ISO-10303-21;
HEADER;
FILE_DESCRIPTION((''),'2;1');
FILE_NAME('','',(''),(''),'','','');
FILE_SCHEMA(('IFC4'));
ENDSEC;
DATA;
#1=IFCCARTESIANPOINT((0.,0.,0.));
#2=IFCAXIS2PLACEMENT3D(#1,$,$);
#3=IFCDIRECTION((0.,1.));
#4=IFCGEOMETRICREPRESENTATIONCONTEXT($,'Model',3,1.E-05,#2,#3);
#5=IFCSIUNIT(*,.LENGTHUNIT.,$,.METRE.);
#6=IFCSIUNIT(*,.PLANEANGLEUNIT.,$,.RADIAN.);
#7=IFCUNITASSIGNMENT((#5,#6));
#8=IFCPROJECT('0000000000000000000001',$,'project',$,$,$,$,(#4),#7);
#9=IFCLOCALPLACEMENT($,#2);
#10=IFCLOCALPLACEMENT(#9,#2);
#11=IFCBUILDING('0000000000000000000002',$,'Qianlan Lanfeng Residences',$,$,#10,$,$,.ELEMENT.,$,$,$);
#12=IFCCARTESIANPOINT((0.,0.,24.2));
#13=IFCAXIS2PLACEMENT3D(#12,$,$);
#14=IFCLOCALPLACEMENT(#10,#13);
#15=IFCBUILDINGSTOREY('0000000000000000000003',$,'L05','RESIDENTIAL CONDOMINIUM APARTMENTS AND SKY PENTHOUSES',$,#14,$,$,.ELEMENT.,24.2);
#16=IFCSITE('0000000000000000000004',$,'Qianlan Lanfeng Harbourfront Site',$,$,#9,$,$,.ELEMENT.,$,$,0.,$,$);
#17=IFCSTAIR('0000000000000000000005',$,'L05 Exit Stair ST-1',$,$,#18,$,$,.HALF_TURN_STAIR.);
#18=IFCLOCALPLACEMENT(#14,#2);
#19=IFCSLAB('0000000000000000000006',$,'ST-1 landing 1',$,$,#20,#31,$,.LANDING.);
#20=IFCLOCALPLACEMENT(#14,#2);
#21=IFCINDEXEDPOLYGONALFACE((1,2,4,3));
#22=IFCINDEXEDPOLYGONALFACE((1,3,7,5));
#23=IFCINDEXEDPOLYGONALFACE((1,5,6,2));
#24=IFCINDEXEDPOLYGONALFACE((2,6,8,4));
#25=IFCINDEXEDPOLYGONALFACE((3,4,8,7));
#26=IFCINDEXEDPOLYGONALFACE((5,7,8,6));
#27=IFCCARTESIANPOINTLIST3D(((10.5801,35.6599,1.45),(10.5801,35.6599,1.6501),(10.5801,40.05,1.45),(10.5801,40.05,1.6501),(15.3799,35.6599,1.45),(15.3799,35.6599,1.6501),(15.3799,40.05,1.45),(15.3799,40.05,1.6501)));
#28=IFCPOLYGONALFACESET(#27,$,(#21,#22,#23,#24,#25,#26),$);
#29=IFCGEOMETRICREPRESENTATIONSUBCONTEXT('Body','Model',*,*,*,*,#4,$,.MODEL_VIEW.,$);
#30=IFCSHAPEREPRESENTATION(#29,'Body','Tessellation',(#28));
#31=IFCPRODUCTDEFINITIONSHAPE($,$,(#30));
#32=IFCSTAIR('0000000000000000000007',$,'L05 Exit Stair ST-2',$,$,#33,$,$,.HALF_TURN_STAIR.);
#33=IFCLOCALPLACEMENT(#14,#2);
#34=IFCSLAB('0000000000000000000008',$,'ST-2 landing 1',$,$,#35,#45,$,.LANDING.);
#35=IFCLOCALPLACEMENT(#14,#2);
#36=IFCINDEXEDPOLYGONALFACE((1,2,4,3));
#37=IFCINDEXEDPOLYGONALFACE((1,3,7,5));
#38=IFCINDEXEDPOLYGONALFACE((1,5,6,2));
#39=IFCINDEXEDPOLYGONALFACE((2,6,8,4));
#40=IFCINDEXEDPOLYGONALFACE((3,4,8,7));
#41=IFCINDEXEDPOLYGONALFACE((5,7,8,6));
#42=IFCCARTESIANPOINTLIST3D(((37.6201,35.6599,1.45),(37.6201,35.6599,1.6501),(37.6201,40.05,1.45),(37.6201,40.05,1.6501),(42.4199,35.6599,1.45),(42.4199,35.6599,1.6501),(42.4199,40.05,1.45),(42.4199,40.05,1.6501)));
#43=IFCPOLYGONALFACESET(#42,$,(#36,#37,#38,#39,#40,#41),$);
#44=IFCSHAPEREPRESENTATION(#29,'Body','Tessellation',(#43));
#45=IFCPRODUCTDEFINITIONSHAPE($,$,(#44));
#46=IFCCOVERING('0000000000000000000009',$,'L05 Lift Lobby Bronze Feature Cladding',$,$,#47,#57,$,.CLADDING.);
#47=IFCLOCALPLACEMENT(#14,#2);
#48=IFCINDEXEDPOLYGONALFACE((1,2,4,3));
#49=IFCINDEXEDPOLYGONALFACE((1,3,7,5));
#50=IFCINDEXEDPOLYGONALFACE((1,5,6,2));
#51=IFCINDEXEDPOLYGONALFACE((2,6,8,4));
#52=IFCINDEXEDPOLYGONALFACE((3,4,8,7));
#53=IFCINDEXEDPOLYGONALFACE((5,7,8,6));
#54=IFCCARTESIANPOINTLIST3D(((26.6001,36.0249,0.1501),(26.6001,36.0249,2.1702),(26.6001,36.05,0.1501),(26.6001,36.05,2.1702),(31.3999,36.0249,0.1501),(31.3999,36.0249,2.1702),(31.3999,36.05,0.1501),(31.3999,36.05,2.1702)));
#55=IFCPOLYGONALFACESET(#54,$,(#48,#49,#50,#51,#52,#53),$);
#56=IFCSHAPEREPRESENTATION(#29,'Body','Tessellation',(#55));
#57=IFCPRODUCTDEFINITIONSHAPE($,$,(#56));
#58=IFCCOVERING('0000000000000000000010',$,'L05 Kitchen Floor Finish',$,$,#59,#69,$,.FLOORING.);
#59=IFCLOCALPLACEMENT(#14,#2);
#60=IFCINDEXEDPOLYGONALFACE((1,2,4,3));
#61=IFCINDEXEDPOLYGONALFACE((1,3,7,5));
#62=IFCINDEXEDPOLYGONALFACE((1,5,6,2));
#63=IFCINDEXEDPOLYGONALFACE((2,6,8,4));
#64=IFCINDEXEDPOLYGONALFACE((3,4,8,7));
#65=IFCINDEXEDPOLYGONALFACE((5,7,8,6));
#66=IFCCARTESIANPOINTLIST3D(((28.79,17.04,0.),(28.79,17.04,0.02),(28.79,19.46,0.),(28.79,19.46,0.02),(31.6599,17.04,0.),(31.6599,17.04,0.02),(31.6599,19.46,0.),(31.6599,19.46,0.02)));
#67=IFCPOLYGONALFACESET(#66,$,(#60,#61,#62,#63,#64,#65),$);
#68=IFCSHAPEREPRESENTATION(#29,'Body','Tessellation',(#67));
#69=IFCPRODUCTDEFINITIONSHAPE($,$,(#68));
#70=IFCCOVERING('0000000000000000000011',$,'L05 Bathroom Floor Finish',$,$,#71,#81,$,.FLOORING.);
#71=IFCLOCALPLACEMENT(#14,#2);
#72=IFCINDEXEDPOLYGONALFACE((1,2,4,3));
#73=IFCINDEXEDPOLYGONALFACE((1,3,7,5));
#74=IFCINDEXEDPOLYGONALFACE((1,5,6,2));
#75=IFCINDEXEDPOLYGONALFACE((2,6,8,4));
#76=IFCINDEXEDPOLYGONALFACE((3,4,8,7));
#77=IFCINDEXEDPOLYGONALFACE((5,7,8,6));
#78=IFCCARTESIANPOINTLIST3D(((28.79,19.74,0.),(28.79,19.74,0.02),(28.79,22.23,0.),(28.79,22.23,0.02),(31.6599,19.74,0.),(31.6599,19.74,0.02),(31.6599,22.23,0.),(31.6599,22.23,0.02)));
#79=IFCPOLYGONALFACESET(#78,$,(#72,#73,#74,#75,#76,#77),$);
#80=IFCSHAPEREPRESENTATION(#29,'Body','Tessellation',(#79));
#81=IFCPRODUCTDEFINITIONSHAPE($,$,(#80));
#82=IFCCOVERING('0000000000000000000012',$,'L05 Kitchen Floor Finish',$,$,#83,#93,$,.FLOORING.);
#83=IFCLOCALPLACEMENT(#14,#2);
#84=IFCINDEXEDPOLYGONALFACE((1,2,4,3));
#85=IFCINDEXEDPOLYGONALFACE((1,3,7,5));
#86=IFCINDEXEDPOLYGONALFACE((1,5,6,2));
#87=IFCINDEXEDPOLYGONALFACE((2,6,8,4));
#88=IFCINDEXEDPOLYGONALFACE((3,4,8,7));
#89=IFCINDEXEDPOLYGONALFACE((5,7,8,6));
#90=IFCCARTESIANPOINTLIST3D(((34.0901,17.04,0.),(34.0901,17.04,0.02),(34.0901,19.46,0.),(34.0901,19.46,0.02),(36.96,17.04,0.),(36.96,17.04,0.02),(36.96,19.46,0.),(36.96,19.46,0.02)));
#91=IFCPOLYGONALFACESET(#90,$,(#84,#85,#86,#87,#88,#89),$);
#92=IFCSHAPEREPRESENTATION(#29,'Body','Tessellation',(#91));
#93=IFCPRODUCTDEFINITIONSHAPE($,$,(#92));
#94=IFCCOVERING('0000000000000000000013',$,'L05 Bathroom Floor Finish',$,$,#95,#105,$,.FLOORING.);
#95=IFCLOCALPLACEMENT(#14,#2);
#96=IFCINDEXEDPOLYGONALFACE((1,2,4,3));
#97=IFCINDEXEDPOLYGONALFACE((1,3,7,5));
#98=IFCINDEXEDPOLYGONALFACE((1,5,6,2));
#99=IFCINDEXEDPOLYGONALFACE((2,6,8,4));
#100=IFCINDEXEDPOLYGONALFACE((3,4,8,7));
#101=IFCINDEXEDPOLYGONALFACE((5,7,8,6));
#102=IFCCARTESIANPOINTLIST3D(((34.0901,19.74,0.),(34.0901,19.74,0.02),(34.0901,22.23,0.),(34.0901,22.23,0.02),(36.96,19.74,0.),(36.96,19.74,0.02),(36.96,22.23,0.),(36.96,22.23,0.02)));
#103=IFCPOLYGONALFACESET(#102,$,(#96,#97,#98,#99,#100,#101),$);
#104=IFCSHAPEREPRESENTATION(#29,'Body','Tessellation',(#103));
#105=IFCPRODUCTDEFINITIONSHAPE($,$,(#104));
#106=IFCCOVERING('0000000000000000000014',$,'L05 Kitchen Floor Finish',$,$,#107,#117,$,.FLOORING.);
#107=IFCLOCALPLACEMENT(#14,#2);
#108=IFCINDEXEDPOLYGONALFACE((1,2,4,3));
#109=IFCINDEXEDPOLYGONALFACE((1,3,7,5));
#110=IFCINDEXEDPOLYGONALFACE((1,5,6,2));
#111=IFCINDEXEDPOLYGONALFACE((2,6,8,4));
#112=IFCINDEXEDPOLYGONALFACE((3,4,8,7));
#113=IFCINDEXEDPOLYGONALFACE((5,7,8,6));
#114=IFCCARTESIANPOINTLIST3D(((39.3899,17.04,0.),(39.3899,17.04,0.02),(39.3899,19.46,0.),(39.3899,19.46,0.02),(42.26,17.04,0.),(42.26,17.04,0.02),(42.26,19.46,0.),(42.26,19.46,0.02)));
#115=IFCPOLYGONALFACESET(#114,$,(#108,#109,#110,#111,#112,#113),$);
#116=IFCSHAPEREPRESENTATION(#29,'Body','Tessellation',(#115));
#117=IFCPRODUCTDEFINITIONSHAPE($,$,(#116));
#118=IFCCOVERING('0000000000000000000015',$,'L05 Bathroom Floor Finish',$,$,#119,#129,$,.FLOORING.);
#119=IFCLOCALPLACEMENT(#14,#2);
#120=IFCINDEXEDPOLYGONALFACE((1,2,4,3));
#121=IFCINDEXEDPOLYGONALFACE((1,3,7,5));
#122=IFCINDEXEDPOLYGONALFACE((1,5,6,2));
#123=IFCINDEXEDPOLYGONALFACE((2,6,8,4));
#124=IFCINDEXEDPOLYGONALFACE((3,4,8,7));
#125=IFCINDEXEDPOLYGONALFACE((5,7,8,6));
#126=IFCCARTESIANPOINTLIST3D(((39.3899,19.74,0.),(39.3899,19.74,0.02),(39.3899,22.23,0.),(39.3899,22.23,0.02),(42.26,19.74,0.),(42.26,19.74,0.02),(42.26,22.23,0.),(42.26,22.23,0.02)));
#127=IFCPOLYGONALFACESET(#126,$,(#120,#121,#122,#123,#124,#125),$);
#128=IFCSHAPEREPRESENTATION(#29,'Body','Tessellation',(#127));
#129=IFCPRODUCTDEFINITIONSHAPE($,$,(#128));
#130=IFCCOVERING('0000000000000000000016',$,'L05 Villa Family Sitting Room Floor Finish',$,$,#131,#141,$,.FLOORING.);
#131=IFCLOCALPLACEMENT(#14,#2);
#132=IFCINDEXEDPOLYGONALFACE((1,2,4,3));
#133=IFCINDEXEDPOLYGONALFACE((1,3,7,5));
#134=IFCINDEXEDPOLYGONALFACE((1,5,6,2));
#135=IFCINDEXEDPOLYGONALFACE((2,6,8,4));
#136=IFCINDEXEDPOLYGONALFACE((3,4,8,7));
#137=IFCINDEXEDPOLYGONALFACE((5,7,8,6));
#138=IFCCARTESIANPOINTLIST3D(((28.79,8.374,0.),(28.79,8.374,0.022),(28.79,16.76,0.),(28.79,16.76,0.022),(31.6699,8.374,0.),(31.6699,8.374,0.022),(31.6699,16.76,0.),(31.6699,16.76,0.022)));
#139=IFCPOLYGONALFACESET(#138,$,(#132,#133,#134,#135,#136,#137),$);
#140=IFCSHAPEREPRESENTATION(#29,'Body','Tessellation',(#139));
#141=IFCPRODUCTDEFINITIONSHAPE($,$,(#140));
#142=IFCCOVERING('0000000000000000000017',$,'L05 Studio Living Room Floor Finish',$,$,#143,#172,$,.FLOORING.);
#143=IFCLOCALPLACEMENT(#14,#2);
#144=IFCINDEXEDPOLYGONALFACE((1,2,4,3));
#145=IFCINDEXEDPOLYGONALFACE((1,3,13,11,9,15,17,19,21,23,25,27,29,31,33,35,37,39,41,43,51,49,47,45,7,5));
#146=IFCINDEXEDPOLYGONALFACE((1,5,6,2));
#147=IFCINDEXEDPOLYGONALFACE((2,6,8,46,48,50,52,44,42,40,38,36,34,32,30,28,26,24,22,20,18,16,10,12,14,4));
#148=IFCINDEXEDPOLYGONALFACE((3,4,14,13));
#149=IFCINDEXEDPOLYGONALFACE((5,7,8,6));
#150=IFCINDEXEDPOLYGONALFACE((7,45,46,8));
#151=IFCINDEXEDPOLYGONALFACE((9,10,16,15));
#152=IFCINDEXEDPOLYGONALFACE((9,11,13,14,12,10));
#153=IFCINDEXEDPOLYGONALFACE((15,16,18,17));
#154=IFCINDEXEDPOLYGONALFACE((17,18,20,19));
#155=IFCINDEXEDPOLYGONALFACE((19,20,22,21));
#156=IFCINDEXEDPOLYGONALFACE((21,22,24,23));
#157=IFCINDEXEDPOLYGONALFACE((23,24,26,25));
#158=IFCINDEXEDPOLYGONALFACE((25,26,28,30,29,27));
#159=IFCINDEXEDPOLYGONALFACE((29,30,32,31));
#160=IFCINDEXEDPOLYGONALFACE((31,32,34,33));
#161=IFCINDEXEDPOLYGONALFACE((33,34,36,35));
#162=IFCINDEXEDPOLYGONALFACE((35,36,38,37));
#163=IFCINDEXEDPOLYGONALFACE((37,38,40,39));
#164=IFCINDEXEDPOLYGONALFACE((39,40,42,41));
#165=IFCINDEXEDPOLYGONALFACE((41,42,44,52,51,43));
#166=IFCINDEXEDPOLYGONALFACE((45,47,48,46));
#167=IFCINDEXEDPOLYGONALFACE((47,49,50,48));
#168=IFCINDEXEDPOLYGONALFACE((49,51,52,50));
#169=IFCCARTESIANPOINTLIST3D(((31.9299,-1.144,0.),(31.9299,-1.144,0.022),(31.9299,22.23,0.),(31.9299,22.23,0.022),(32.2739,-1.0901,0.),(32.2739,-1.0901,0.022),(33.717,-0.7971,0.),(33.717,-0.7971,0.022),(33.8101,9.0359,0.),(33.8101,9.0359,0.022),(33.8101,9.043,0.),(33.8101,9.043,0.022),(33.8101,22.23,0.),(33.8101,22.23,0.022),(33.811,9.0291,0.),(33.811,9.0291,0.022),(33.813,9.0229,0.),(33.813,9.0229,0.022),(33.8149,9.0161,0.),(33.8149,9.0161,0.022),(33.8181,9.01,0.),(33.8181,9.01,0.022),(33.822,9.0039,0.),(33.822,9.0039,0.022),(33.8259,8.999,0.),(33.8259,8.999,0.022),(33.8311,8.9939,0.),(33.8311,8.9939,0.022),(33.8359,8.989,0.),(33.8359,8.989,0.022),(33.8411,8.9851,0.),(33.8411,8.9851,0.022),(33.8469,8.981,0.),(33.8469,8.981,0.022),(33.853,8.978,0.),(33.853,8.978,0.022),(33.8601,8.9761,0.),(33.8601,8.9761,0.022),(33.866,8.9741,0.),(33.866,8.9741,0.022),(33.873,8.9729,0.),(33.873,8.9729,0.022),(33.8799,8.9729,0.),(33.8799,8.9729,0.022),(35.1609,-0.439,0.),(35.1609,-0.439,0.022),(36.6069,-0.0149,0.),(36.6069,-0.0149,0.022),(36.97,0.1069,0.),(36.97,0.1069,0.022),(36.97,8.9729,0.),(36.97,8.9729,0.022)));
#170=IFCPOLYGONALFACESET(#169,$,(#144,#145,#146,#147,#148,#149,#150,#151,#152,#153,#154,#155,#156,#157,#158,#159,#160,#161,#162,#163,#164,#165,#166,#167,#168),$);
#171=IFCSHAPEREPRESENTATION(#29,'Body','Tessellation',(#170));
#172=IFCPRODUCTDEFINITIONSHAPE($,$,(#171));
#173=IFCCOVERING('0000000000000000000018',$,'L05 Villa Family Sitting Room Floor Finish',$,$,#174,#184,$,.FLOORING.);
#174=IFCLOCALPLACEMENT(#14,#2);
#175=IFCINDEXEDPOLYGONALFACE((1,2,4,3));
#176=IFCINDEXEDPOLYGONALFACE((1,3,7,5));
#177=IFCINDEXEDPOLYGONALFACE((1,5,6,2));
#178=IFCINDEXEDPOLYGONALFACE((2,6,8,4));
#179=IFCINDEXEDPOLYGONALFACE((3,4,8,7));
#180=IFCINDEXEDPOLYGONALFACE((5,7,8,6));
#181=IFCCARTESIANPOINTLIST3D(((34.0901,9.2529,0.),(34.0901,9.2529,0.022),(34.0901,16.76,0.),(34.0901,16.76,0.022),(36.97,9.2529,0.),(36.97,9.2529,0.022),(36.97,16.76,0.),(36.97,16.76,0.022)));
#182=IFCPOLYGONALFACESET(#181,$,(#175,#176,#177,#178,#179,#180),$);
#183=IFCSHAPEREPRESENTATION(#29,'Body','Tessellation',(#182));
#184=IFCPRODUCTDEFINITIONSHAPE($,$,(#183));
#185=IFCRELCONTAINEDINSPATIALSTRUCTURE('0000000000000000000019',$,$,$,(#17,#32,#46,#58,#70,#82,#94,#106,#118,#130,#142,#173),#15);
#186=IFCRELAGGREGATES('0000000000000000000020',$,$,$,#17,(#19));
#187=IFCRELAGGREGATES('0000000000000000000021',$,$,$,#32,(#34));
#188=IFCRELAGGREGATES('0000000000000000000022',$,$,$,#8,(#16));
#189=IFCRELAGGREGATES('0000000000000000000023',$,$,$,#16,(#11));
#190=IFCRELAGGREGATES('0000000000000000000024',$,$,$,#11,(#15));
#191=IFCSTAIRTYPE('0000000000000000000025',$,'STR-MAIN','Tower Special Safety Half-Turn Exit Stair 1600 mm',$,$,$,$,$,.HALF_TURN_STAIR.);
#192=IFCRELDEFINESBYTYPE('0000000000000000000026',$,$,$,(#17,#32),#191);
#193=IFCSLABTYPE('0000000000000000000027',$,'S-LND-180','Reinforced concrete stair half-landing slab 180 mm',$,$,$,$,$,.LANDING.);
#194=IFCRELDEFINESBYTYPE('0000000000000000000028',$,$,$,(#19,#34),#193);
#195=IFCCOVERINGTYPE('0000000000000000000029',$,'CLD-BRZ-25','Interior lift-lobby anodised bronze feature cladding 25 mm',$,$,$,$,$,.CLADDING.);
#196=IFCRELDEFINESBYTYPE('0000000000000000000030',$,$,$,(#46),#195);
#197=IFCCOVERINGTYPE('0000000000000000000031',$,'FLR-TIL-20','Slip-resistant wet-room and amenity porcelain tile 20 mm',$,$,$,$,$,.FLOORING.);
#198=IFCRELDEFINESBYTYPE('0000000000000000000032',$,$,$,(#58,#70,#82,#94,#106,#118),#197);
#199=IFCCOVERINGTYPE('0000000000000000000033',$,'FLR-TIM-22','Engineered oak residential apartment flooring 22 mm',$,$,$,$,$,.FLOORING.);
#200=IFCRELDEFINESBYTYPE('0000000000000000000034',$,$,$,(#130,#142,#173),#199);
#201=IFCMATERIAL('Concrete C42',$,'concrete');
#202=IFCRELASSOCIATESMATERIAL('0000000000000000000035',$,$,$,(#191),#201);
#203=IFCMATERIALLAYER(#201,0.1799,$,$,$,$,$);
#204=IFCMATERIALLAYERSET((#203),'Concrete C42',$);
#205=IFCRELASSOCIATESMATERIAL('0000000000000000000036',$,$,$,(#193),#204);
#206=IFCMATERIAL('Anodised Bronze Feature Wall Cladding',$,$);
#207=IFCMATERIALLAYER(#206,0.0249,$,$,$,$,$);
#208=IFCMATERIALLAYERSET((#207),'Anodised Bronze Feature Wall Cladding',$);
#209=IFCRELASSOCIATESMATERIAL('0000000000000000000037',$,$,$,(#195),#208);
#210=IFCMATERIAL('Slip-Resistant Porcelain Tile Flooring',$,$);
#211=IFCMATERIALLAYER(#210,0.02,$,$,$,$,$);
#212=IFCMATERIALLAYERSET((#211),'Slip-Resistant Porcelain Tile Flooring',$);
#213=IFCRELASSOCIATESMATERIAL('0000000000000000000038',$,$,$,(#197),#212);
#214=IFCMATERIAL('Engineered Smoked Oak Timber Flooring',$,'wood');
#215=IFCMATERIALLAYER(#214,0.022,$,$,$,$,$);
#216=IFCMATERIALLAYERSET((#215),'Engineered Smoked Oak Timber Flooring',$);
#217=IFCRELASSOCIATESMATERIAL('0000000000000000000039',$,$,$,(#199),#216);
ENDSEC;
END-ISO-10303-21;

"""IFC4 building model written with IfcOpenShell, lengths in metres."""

from ifc_helpers import new_model, si_unit, direction, frame, origin, place, context, subcontext, project, spatial, polyline, outline, extrude, material, layer, layer_set, type_object, element, aggregate, save


model = new_model("IFC4")

# Units and contexts
model_context = context("Model", 3, precision=1e-05, world=origin(), true_north=direction((0.0, 1.0)))
body_context = subcontext(model_context, "Body", "Model", "MODEL_VIEW")
ifc_project = project(units=[si_unit("LENGTHUNIT", "METRE"), si_unit("PLANEANGLEUNIT", "RADIAN")], contexts=[model_context])

# Site, building, storey
site_placement = place(None, origin())
site = spatial("IfcSite", under=ifc_project, at=site_placement, Name="Qianlan Lanfeng Harbourfront Site", CompositionType="ELEMENT", RefElevation=0.0)
building_placement = place(site_placement, origin())
building = spatial("IfcBuilding", under=site, at=building_placement, Name="Qianlan Lanfeng Residences", CompositionType="ELEMENT")
storey_placement = place(building_placement, frame((0.0, 0.0, 24.2)))
storey = spatial("IfcBuildingStorey", under=building, at=storey_placement, Name="L05", Description="RESIDENTIAL CONDOMINIUM APARTMENTS AND SKY PENTHOUSES", CompositionType="ELEMENT", Elevation=24.2)

# Stairs, slabs
ifc_material_1 = material(Name="Concrete C42", Category="concrete")
stair_type = type_object("IfcStairType", Name="STR-MAIN", Description="Tower Special Safety Half-Turn Exit Stair 1600 mm", PredefinedType="HALF_TURN_STAIR", material=ifc_material_1)
stair_1_placement = place(storey_placement, origin())
stair_1 = element("IfcStair", 1, at=stair_1_placement, inside=storey, type_object=stair_type, Name="L05 Exit Stair ST-1", PredefinedType="HALF_TURN_STAIR")
ifc_layer_1 = layer(ifc_material_1, 0.1799)
ifc_layer_set_1 = layer_set([ifc_layer_1], Name="Concrete C42")
slab_type = type_object("IfcSlabType", Name="S-LND-180", Description="Reinforced concrete stair half-landing slab 180 mm", PredefinedType="LANDING", material=ifc_layer_set_1)
slab_1_placement = place(storey_placement, frame((0.0, 0.0, 1.45)))
slab_1 = element("IfcSlab", 2, at=slab_1_placement, type_object=slab_type, Name="ST-1 landing 1", PredefinedType="LANDING", context=body_context, shape_type="SweptSolid", body=[
    extrude(outline(polyline([(10.5801, 35.6599), (15.3799, 35.6599), (15.3799, 40.05), (10.5801, 40.05), (10.5801, 35.6599)])), origin(), (0.0, 0.0, 1.0), 0.2002),
])
aggregate(stair_1, [slab_1])
stair_2_placement = place(storey_placement, origin())
stair_2 = element("IfcStair", 3, at=stair_2_placement, inside=storey, type_object=stair_type, Name="L05 Exit Stair ST-2", PredefinedType="HALF_TURN_STAIR")
slab_2_placement = place(storey_placement, frame((0.0, 0.0, 1.45)))
slab_2 = element("IfcSlab", 4, at=slab_2_placement, type_object=slab_type, Name="ST-2 landing 1", PredefinedType="LANDING", context=body_context, shape_type="SweptSolid", body=[
    extrude(outline(polyline([(37.6201, 35.6599), (42.4199, 35.6599), (42.4199, 40.05), (37.6201, 40.05), (37.6201, 35.6599)])), origin(), (0.0, 0.0, 1.0), 0.2002),
])
aggregate(stair_2, [slab_2])

# Coverings
ifc_material_2 = material(Name="Anodised Bronze Feature Wall Cladding")
ifc_layer_2 = layer(ifc_material_2, 0.0249)
ifc_layer_set_2 = layer_set([ifc_layer_2], Name="Anodised Bronze Feature Wall Cladding")
covering_type_1 = type_object("IfcCoveringType", Name="CLD-BRZ-25", Description="Interior lift-lobby anodised bronze feature cladding 25 mm", PredefinedType="CLADDING", material=ifc_layer_set_2)
covering_1_placement = place(storey_placement, frame((0.0, 0.0, 0.1501)))
element("IfcCovering", 5, at=covering_1_placement, inside=storey, type_object=covering_type_1, Name="L05 Lift Lobby Bronze Feature Cladding", PredefinedType="CLADDING", context=body_context, shape_type="SweptSolid", body=[
    extrude(outline(polyline([(26.6001, 36.0249), (31.3999, 36.0249), (31.3999, 36.05), (26.6001, 36.05), (26.6001, 36.0249)])), origin(), (0.0, 0.0, 1.0), 2.02),
])
ifc_material_3 = material(Name="Slip-Resistant Porcelain Tile Flooring")
ifc_layer_3 = layer(ifc_material_3, 0.02)
ifc_layer_set_3 = layer_set([ifc_layer_3], Name="Slip-Resistant Porcelain Tile Flooring")
covering_type_2 = type_object("IfcCoveringType", Name="FLR-TIL-20", Description="Slip-resistant wet-room and amenity porcelain tile 20 mm", PredefinedType="FLOORING", material=ifc_layer_set_3)
covering_2_placement = place(storey_placement, origin())
element("IfcCovering", 6, at=covering_2_placement, inside=storey, type_object=covering_type_2, Name="L05 Kitchen Floor Finish", PredefinedType="FLOORING", context=body_context, shape_type="SweptSolid", body=[
    extrude(outline(polyline([(28.79, 17.04), (31.6599, 17.04), (31.6599, 19.46), (28.79, 19.46), (28.79, 17.04)])), origin(), (0.0, 0.0, 1.0), 0.02),
])
covering_3_placement = place(storey_placement, origin())
element("IfcCovering", 7, at=covering_3_placement, inside=storey, type_object=covering_type_2, Name="L05 Bathroom Floor Finish", PredefinedType="FLOORING", context=body_context, shape_type="SweptSolid", body=[
    extrude(outline(polyline([(28.79, 19.74), (31.6599, 19.74), (31.6599, 22.23), (28.79, 22.23), (28.79, 19.74)])), origin(), (0.0, 0.0, 1.0), 0.02),
])
covering_4_placement = place(storey_placement, origin())
element("IfcCovering", 8, at=covering_4_placement, inside=storey, type_object=covering_type_2, Name="L05 Kitchen Floor Finish", PredefinedType="FLOORING", context=body_context, shape_type="SweptSolid", body=[
    extrude(outline(polyline([(34.0901, 17.04), (36.96, 17.04), (36.96, 19.46), (34.0901, 19.46), (34.0901, 17.04)])), origin(), (0.0, 0.0, 1.0), 0.02),
])
covering_5_placement = place(storey_placement, origin())
element("IfcCovering", 9, at=covering_5_placement, inside=storey, type_object=covering_type_2, Name="L05 Bathroom Floor Finish", PredefinedType="FLOORING", context=body_context, shape_type="SweptSolid", body=[
    extrude(outline(polyline([(34.0901, 19.74), (36.96, 19.74), (36.96, 22.23), (34.0901, 22.23), (34.0901, 19.74)])), origin(), (0.0, 0.0, 1.0), 0.02),
])
covering_6_placement = place(storey_placement, origin())
element("IfcCovering", 10, at=covering_6_placement, inside=storey, type_object=covering_type_2, Name="L05 Kitchen Floor Finish", PredefinedType="FLOORING", context=body_context, shape_type="SweptSolid", body=[
    extrude(outline(polyline([(39.3899, 17.04), (42.26, 17.04), (42.26, 19.46), (39.3899, 19.46), (39.3899, 17.04)])), origin(), (0.0, 0.0, 1.0), 0.02),
])
covering_7_placement = place(storey_placement, origin())
element("IfcCovering", 11, at=covering_7_placement, inside=storey, type_object=covering_type_2, Name="L05 Bathroom Floor Finish", PredefinedType="FLOORING", context=body_context, shape_type="SweptSolid", body=[
    extrude(outline(polyline([(39.3899, 19.74), (42.26, 19.74), (42.26, 22.23), (39.3899, 22.23), (39.3899, 19.74)])), origin(), (0.0, 0.0, 1.0), 0.02),
])
ifc_material_4 = material(Name="Engineered Smoked Oak Timber Flooring", Category="wood")
ifc_layer_4 = layer(ifc_material_4, 0.022)
ifc_layer_set_4 = layer_set([ifc_layer_4], Name="Engineered Smoked Oak Timber Flooring")
covering_type_3 = type_object("IfcCoveringType", Name="FLR-TIM-22", Description="Engineered oak residential apartment flooring 22 mm", PredefinedType="FLOORING", material=ifc_layer_set_4)
covering_8_placement = place(storey_placement, origin())
element("IfcCovering", 12, at=covering_8_placement, inside=storey, type_object=covering_type_3, Name="L05 Villa Family Sitting Room Floor Finish", PredefinedType="FLOORING", context=body_context, shape_type="SweptSolid", body=[
    extrude(outline(polyline([(28.79, 16.76), (28.79, 8.374), (31.6699, 8.374), (31.6699, 16.76), (28.79, 16.76)])), origin(), (0.0, 0.0, 1.0), 0.022),
])
covering_9_placement = place(storey_placement, origin())
element("IfcCovering", 13, at=covering_9_placement, inside=storey, type_object=covering_type_3, Name="L05 Studio Living Room Floor Finish", PredefinedType="FLOORING", context=body_context, shape_type="SweptSolid", body=[
    extrude(outline(polyline([(36.97, 0.1069), (36.97, 8.9729), (33.8799, 8.9729), (33.873, 8.9729), (33.866, 8.9741), (33.8601, 8.9761), (33.853, 8.978), (33.8469, 8.981), (33.8411, 8.9851), (33.8359, 8.989), (33.8311, 8.9939), (33.8259, 8.999), (33.822, 9.0039), (33.8181, 9.01), (33.8149, 9.0161), (33.813, 9.0229), (33.811, 9.0291), (33.8101, 9.0359), (33.8101, 9.043), (33.8101, 22.23), (31.9299, 22.23), (31.9299, -1.144), (32.2739, -1.0901), (33.717, -0.7971), (35.1609, -0.439), (36.6069, -0.0149), (36.97, 0.1069)])), origin(), (0.0, 0.0, 1.0), 0.022),
])
covering_10_placement = place(storey_placement, origin())
element("IfcCovering", 14, at=covering_10_placement, inside=storey, type_object=covering_type_3, Name="L05 Villa Family Sitting Room Floor Finish", PredefinedType="FLOORING", context=body_context, shape_type="SweptSolid", body=[
    extrude(outline(polyline([(34.0901, 16.76), (34.0901, 9.2529), (36.97, 9.2529), (36.97, 16.76), (34.0901, 16.76)])), origin(), (0.0, 0.0, 1.0), 0.022),
])

save(model, "model.ifc")
